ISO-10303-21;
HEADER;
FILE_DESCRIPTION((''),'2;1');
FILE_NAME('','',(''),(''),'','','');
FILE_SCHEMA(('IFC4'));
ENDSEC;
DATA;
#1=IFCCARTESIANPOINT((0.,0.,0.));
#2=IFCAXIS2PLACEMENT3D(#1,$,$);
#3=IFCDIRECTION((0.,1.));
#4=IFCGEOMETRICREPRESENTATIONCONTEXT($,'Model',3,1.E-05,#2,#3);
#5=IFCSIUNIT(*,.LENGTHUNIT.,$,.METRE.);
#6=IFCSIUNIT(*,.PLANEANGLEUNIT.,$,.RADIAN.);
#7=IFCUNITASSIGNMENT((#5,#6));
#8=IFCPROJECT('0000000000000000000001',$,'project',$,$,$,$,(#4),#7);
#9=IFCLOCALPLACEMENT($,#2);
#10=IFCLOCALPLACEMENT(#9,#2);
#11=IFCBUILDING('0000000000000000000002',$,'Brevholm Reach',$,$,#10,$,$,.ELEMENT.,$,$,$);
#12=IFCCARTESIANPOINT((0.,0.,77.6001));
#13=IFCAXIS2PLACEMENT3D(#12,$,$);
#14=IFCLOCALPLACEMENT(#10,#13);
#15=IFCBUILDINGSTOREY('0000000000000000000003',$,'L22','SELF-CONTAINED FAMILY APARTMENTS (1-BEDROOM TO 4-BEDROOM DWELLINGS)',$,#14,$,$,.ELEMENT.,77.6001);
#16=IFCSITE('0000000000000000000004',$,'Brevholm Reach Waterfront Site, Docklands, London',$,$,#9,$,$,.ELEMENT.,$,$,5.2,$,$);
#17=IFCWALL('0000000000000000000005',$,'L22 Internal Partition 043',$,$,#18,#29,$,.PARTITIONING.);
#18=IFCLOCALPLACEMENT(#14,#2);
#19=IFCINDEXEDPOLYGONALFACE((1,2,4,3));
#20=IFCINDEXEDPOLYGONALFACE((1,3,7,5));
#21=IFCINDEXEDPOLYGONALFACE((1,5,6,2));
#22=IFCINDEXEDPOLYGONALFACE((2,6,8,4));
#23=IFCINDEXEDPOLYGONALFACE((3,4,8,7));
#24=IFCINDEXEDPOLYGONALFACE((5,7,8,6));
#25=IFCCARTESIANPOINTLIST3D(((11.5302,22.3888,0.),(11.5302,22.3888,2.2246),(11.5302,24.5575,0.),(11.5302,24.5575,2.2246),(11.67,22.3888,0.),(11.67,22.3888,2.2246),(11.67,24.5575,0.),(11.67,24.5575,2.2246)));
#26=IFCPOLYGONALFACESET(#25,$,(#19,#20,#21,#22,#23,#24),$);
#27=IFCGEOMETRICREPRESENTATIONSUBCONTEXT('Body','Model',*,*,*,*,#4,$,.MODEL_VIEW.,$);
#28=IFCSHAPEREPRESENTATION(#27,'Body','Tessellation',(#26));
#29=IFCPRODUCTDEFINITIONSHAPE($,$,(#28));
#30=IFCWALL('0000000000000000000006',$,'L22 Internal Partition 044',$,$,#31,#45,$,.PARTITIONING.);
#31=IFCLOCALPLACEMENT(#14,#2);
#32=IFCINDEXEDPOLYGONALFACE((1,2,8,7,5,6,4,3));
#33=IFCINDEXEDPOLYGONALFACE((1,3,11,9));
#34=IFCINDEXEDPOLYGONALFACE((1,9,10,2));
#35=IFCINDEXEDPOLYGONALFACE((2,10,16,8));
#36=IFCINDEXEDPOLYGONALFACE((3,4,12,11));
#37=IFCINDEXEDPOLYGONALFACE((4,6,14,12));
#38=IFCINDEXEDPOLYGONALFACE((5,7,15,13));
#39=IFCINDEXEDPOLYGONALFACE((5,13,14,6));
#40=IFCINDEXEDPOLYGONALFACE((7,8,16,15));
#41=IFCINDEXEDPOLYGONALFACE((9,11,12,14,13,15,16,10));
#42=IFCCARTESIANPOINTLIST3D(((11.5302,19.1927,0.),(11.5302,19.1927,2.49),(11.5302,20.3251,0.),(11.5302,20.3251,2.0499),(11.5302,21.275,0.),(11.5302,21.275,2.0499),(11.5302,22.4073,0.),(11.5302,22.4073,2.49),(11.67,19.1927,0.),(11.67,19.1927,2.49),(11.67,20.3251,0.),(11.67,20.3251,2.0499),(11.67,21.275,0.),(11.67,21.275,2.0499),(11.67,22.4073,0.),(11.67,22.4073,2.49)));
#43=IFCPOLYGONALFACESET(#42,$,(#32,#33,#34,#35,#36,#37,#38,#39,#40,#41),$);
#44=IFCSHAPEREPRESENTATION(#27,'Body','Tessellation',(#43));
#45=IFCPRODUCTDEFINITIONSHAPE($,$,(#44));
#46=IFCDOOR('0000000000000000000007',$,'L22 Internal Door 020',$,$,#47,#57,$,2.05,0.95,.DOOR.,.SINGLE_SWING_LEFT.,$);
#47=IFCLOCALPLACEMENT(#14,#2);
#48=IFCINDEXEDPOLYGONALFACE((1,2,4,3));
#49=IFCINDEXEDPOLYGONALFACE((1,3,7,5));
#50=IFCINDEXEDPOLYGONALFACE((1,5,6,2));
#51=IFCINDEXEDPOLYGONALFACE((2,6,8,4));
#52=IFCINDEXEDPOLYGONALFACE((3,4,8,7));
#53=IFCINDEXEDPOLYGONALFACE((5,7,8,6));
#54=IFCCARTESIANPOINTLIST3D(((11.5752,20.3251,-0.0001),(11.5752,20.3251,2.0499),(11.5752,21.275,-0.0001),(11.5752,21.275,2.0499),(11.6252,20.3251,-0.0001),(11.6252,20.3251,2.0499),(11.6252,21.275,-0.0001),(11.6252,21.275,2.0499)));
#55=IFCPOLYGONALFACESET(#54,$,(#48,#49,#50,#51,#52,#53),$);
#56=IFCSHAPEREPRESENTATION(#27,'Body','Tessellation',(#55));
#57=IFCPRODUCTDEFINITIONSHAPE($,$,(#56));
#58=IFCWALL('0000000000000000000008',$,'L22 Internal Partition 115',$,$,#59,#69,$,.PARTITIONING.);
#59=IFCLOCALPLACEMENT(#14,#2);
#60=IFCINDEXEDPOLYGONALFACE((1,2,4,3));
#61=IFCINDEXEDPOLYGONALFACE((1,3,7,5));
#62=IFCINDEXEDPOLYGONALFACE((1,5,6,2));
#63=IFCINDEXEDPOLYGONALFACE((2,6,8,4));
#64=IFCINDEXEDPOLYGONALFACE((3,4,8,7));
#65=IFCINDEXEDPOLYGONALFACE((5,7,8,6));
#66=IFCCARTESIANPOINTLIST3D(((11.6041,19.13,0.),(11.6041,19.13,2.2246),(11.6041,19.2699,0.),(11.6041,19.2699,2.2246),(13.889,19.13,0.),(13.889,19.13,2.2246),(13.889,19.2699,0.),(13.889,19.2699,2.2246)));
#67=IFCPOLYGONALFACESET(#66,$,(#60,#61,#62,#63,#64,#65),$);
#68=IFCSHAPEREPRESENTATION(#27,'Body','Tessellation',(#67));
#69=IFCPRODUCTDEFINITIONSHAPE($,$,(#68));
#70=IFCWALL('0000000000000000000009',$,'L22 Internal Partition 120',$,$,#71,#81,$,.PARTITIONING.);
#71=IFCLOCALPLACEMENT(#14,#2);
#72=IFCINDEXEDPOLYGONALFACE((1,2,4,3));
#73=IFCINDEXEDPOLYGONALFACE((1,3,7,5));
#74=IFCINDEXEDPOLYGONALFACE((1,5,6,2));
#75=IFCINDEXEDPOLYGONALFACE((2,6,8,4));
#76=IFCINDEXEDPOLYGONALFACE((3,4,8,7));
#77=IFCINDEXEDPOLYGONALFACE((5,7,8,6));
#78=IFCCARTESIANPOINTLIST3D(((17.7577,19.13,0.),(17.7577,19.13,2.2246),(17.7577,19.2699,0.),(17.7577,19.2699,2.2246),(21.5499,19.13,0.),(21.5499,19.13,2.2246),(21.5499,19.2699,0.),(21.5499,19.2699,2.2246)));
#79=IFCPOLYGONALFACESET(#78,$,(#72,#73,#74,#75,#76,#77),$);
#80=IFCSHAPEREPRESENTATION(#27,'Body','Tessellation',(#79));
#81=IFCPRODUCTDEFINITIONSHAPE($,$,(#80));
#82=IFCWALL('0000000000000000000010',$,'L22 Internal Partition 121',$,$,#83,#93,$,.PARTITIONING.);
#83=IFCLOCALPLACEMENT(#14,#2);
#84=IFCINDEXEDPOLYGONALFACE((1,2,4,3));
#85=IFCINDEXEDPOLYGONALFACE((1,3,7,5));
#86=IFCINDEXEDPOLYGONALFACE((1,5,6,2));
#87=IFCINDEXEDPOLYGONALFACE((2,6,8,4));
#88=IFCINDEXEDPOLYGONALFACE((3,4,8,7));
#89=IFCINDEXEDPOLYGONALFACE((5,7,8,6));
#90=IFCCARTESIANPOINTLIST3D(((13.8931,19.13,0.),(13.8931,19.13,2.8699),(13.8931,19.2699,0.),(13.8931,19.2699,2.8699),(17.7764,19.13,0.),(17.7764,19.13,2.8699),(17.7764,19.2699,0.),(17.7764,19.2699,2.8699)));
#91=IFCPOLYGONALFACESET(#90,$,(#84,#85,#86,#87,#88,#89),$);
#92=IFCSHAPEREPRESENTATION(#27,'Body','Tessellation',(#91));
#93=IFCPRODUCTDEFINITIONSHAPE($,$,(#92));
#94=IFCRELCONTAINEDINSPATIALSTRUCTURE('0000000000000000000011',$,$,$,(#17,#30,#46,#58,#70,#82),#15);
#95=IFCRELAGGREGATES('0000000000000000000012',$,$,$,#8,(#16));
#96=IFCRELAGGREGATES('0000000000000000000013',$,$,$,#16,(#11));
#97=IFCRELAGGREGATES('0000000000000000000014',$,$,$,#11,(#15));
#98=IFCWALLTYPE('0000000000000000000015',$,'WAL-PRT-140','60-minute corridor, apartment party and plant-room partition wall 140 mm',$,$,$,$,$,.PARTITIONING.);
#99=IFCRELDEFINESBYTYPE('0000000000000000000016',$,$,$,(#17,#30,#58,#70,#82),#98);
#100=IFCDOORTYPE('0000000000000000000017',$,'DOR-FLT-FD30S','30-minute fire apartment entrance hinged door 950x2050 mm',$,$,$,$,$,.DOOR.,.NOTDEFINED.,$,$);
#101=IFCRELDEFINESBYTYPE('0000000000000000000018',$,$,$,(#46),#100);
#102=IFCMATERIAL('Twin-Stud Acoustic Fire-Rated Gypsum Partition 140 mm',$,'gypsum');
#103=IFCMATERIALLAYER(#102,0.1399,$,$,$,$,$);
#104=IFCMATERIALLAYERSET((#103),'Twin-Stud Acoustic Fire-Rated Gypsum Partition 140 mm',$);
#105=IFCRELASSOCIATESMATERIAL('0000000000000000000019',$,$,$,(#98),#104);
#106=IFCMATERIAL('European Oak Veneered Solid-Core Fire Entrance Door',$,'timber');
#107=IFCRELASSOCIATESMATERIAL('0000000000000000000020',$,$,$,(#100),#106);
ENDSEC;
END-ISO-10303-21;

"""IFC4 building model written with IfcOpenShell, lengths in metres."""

from ifc_helpers import new_model, si_unit, direction, frame, frame_2d, origin, place, context, subcontext, project, spatial, rectangle, extrude, material, layer, layer_set, type_object, element, fill, save


model = new_model("IFC4")

# Units and contexts
model_context = context("Model", 3, precision=1e-05, world=origin(), true_north=direction((0.0, 1.0)))
body_context = subcontext(model_context, "Body", "Model", "MODEL_VIEW")
ifc_project = project(units=[si_unit("LENGTHUNIT", "METRE"), si_unit("PLANEANGLEUNIT", "RADIAN")], contexts=[model_context])

# Site, building, storey
site_placement = place(None, origin())
site = spatial("IfcSite", under=ifc_project, at=site_placement, Name="Brevholm Reach Waterfront Site, Docklands, London", CompositionType="ELEMENT", RefElevation=5.2)
building_placement = place(site_placement, origin())
building = spatial("IfcBuilding", under=site, at=building_placement, Name="Brevholm Reach", CompositionType="ELEMENT")
storey_placement = place(building_placement, frame((0.0, 0.0, 77.6001)))
storey = spatial("IfcBuildingStorey", under=building, at=storey_placement, Name="L22", Description="SELF-CONTAINED FAMILY APARTMENTS (1-BEDROOM TO 4-BEDROOM DWELLINGS)", CompositionType="ELEMENT", Elevation=77.6001)

# Shared definitions
ifc_material_1 = material(Name="Twin-Stud Acoustic Fire-Rated Gypsum Partition 140 mm", Category="gypsum")
ifc_layer_1 = layer(ifc_material_1, 0.1399)
ifc_layer_set_1 = layer_set([ifc_layer_1], Name="Twin-Stud Acoustic Fire-Rated Gypsum Partition 140 mm")
wall_type_1 = type_object("IfcWallType", Name="WAL-PRT-140", Description="60-minute corridor, apartment party and plant-room partition wall 140 mm", PredefinedType="PARTITIONING", material=ifc_layer_set_1)

# Shared definitions
ifc_material_2 = material(Name="European Oak Veneered Solid-Core Fire Entrance Door", Category="timber")
door_type_1 = type_object("IfcDoorType", Name="DOR-FLT-FD30S", Description="30-minute fire apartment entrance hinged door 950x2050 mm", OperationType="NOTDEFINED", PredefinedType="DOOR", material=ifc_material_2)

# Wall
wall_1_placement = place(storey_placement, frame((11.6001, 22.3887, 0.0), z_axis=(0.0, 0.0, 1.0), x_axis=(0.0, 1.0, 0.0)))
element("IfcWall", 1, at=wall_1_placement, inside=storey, type_object=wall_type_1, Name="L22 Internal Partition 043", PredefinedType="PARTITIONING", context=body_context, shape_type="SweptSolid", body=[
    extrude(rectangle(XDim=2.1687, YDim=0.1399, at=frame_2d((1.0845, 0.0))), origin(), (0.0, 0.0, 1.0), 2.2246),
])

# Wall, opening, door
wall_2_placement = place(storey_placement, frame((11.6001, 19.1926, 0.0), z_axis=(0.0, 0.0, 1.0), x_axis=(0.0, 1.0, 0.0)))
wall_2 = element("IfcWall", 2, at=wall_2_placement, inside=storey, type_object=wall_type_1, Name="L22 Internal Partition 044", PredefinedType="PARTITIONING", context=body_context, shape_type="SweptSolid", body=[
    extrude(rectangle(XDim=3.2146, YDim=0.1399, at=frame_2d((1.6074, 0.0))), origin(), (0.0, 0.0, 1.0), 2.49),
])
opening_1_placement = place(wall_2_placement, frame((1.1323, 0.0, 0.0)))
opening_1 = element("IfcOpeningElement", 3, at=opening_1_placement, cuts=wall_2, PredefinedType="OPENING", context=body_context, shape_type="SweptSolid", body=[
    extrude(rectangle(XDim=0.95, YDim=2.05, at=frame_2d((0.4751, 1.0249))), frame((0.0, 0.0798, 0.0), z_axis=(0.0, -1.0, 0.0), x_axis=(1.0, 0.0, 0.0)), (0.0, 0.0, 1.0), 0.1599),
])
door_1_placement = place(opening_1_placement, origin())
door_1 = element("IfcDoor", 4, at=door_1_placement, inside=storey, type_object=door_type_1, Name="L22 Internal Door 020", OperationType="SINGLE_SWING_LEFT", OverallHeight=2.05, OverallWidth=0.95, PredefinedType="DOOR", context=body_context, shape_type="SweptSolid", body=[
    extrude(rectangle(XDim=0.95, YDim=2.05, at=frame_2d((0.4751, 1.0249))), frame((0.0, 0.0249, 0.0), z_axis=(0.0, -1.0, 0.0), x_axis=(1.0, 0.0, 0.0)), (0.0, 0.0, 1.0), 0.05),
])
fill(opening_1, door_1)

# Walls
wall_3_placement = place(storey_placement, frame((11.604, 19.2, 0.0), z_axis=(0.0, 0.0, 1.0), x_axis=(1.0, 0.0, 0.0)))
element("IfcWall", 5, at=wall_3_placement, inside=storey, type_object=wall_type_1, Name="L22 Internal Partition 115", PredefinedType="PARTITIONING", context=body_context, shape_type="SweptSolid", body=[
    extrude(rectangle(XDim=2.2849, YDim=0.1399, at=frame_2d((1.1426, 0.0))), origin(), (0.0, 0.0, 1.0), 2.2246),
])
wall_4_placement = place(storey_placement, frame((17.7578, 19.2, 0.0), z_axis=(0.0, 0.0, 1.0), x_axis=(1.0, 0.0, 0.0)))
element("IfcWall", 6, at=wall_4_placement, inside=storey, type_object=wall_type_1, Name="L22 Internal Partition 120", PredefinedType="PARTITIONING", context=body_context, shape_type="SweptSolid", body=[
    extrude(rectangle(XDim=3.7922, YDim=0.1399, at=frame_2d((1.896, 0.0))), origin(), (0.0, 0.0, 1.0), 2.2246),
])
wall_5_placement = place(storey_placement, frame((13.8931, 19.2, 0.0), z_axis=(0.0, 0.0, 1.0), x_axis=(1.0, 0.0, 0.0)))
element("IfcWall", 7, at=wall_5_placement, inside=storey, type_object=wall_type_1, Name="L22 Internal Partition 121", PredefinedType="PARTITIONING", context=body_context, shape_type="SweptSolid", body=[
    extrude(rectangle(XDim=3.8833, YDim=0.1399, at=frame_2d((1.9417, 0.0))), origin(), (0.0, 0.0, 1.0), 2.8699),
])

save(model, "model.ifc")
